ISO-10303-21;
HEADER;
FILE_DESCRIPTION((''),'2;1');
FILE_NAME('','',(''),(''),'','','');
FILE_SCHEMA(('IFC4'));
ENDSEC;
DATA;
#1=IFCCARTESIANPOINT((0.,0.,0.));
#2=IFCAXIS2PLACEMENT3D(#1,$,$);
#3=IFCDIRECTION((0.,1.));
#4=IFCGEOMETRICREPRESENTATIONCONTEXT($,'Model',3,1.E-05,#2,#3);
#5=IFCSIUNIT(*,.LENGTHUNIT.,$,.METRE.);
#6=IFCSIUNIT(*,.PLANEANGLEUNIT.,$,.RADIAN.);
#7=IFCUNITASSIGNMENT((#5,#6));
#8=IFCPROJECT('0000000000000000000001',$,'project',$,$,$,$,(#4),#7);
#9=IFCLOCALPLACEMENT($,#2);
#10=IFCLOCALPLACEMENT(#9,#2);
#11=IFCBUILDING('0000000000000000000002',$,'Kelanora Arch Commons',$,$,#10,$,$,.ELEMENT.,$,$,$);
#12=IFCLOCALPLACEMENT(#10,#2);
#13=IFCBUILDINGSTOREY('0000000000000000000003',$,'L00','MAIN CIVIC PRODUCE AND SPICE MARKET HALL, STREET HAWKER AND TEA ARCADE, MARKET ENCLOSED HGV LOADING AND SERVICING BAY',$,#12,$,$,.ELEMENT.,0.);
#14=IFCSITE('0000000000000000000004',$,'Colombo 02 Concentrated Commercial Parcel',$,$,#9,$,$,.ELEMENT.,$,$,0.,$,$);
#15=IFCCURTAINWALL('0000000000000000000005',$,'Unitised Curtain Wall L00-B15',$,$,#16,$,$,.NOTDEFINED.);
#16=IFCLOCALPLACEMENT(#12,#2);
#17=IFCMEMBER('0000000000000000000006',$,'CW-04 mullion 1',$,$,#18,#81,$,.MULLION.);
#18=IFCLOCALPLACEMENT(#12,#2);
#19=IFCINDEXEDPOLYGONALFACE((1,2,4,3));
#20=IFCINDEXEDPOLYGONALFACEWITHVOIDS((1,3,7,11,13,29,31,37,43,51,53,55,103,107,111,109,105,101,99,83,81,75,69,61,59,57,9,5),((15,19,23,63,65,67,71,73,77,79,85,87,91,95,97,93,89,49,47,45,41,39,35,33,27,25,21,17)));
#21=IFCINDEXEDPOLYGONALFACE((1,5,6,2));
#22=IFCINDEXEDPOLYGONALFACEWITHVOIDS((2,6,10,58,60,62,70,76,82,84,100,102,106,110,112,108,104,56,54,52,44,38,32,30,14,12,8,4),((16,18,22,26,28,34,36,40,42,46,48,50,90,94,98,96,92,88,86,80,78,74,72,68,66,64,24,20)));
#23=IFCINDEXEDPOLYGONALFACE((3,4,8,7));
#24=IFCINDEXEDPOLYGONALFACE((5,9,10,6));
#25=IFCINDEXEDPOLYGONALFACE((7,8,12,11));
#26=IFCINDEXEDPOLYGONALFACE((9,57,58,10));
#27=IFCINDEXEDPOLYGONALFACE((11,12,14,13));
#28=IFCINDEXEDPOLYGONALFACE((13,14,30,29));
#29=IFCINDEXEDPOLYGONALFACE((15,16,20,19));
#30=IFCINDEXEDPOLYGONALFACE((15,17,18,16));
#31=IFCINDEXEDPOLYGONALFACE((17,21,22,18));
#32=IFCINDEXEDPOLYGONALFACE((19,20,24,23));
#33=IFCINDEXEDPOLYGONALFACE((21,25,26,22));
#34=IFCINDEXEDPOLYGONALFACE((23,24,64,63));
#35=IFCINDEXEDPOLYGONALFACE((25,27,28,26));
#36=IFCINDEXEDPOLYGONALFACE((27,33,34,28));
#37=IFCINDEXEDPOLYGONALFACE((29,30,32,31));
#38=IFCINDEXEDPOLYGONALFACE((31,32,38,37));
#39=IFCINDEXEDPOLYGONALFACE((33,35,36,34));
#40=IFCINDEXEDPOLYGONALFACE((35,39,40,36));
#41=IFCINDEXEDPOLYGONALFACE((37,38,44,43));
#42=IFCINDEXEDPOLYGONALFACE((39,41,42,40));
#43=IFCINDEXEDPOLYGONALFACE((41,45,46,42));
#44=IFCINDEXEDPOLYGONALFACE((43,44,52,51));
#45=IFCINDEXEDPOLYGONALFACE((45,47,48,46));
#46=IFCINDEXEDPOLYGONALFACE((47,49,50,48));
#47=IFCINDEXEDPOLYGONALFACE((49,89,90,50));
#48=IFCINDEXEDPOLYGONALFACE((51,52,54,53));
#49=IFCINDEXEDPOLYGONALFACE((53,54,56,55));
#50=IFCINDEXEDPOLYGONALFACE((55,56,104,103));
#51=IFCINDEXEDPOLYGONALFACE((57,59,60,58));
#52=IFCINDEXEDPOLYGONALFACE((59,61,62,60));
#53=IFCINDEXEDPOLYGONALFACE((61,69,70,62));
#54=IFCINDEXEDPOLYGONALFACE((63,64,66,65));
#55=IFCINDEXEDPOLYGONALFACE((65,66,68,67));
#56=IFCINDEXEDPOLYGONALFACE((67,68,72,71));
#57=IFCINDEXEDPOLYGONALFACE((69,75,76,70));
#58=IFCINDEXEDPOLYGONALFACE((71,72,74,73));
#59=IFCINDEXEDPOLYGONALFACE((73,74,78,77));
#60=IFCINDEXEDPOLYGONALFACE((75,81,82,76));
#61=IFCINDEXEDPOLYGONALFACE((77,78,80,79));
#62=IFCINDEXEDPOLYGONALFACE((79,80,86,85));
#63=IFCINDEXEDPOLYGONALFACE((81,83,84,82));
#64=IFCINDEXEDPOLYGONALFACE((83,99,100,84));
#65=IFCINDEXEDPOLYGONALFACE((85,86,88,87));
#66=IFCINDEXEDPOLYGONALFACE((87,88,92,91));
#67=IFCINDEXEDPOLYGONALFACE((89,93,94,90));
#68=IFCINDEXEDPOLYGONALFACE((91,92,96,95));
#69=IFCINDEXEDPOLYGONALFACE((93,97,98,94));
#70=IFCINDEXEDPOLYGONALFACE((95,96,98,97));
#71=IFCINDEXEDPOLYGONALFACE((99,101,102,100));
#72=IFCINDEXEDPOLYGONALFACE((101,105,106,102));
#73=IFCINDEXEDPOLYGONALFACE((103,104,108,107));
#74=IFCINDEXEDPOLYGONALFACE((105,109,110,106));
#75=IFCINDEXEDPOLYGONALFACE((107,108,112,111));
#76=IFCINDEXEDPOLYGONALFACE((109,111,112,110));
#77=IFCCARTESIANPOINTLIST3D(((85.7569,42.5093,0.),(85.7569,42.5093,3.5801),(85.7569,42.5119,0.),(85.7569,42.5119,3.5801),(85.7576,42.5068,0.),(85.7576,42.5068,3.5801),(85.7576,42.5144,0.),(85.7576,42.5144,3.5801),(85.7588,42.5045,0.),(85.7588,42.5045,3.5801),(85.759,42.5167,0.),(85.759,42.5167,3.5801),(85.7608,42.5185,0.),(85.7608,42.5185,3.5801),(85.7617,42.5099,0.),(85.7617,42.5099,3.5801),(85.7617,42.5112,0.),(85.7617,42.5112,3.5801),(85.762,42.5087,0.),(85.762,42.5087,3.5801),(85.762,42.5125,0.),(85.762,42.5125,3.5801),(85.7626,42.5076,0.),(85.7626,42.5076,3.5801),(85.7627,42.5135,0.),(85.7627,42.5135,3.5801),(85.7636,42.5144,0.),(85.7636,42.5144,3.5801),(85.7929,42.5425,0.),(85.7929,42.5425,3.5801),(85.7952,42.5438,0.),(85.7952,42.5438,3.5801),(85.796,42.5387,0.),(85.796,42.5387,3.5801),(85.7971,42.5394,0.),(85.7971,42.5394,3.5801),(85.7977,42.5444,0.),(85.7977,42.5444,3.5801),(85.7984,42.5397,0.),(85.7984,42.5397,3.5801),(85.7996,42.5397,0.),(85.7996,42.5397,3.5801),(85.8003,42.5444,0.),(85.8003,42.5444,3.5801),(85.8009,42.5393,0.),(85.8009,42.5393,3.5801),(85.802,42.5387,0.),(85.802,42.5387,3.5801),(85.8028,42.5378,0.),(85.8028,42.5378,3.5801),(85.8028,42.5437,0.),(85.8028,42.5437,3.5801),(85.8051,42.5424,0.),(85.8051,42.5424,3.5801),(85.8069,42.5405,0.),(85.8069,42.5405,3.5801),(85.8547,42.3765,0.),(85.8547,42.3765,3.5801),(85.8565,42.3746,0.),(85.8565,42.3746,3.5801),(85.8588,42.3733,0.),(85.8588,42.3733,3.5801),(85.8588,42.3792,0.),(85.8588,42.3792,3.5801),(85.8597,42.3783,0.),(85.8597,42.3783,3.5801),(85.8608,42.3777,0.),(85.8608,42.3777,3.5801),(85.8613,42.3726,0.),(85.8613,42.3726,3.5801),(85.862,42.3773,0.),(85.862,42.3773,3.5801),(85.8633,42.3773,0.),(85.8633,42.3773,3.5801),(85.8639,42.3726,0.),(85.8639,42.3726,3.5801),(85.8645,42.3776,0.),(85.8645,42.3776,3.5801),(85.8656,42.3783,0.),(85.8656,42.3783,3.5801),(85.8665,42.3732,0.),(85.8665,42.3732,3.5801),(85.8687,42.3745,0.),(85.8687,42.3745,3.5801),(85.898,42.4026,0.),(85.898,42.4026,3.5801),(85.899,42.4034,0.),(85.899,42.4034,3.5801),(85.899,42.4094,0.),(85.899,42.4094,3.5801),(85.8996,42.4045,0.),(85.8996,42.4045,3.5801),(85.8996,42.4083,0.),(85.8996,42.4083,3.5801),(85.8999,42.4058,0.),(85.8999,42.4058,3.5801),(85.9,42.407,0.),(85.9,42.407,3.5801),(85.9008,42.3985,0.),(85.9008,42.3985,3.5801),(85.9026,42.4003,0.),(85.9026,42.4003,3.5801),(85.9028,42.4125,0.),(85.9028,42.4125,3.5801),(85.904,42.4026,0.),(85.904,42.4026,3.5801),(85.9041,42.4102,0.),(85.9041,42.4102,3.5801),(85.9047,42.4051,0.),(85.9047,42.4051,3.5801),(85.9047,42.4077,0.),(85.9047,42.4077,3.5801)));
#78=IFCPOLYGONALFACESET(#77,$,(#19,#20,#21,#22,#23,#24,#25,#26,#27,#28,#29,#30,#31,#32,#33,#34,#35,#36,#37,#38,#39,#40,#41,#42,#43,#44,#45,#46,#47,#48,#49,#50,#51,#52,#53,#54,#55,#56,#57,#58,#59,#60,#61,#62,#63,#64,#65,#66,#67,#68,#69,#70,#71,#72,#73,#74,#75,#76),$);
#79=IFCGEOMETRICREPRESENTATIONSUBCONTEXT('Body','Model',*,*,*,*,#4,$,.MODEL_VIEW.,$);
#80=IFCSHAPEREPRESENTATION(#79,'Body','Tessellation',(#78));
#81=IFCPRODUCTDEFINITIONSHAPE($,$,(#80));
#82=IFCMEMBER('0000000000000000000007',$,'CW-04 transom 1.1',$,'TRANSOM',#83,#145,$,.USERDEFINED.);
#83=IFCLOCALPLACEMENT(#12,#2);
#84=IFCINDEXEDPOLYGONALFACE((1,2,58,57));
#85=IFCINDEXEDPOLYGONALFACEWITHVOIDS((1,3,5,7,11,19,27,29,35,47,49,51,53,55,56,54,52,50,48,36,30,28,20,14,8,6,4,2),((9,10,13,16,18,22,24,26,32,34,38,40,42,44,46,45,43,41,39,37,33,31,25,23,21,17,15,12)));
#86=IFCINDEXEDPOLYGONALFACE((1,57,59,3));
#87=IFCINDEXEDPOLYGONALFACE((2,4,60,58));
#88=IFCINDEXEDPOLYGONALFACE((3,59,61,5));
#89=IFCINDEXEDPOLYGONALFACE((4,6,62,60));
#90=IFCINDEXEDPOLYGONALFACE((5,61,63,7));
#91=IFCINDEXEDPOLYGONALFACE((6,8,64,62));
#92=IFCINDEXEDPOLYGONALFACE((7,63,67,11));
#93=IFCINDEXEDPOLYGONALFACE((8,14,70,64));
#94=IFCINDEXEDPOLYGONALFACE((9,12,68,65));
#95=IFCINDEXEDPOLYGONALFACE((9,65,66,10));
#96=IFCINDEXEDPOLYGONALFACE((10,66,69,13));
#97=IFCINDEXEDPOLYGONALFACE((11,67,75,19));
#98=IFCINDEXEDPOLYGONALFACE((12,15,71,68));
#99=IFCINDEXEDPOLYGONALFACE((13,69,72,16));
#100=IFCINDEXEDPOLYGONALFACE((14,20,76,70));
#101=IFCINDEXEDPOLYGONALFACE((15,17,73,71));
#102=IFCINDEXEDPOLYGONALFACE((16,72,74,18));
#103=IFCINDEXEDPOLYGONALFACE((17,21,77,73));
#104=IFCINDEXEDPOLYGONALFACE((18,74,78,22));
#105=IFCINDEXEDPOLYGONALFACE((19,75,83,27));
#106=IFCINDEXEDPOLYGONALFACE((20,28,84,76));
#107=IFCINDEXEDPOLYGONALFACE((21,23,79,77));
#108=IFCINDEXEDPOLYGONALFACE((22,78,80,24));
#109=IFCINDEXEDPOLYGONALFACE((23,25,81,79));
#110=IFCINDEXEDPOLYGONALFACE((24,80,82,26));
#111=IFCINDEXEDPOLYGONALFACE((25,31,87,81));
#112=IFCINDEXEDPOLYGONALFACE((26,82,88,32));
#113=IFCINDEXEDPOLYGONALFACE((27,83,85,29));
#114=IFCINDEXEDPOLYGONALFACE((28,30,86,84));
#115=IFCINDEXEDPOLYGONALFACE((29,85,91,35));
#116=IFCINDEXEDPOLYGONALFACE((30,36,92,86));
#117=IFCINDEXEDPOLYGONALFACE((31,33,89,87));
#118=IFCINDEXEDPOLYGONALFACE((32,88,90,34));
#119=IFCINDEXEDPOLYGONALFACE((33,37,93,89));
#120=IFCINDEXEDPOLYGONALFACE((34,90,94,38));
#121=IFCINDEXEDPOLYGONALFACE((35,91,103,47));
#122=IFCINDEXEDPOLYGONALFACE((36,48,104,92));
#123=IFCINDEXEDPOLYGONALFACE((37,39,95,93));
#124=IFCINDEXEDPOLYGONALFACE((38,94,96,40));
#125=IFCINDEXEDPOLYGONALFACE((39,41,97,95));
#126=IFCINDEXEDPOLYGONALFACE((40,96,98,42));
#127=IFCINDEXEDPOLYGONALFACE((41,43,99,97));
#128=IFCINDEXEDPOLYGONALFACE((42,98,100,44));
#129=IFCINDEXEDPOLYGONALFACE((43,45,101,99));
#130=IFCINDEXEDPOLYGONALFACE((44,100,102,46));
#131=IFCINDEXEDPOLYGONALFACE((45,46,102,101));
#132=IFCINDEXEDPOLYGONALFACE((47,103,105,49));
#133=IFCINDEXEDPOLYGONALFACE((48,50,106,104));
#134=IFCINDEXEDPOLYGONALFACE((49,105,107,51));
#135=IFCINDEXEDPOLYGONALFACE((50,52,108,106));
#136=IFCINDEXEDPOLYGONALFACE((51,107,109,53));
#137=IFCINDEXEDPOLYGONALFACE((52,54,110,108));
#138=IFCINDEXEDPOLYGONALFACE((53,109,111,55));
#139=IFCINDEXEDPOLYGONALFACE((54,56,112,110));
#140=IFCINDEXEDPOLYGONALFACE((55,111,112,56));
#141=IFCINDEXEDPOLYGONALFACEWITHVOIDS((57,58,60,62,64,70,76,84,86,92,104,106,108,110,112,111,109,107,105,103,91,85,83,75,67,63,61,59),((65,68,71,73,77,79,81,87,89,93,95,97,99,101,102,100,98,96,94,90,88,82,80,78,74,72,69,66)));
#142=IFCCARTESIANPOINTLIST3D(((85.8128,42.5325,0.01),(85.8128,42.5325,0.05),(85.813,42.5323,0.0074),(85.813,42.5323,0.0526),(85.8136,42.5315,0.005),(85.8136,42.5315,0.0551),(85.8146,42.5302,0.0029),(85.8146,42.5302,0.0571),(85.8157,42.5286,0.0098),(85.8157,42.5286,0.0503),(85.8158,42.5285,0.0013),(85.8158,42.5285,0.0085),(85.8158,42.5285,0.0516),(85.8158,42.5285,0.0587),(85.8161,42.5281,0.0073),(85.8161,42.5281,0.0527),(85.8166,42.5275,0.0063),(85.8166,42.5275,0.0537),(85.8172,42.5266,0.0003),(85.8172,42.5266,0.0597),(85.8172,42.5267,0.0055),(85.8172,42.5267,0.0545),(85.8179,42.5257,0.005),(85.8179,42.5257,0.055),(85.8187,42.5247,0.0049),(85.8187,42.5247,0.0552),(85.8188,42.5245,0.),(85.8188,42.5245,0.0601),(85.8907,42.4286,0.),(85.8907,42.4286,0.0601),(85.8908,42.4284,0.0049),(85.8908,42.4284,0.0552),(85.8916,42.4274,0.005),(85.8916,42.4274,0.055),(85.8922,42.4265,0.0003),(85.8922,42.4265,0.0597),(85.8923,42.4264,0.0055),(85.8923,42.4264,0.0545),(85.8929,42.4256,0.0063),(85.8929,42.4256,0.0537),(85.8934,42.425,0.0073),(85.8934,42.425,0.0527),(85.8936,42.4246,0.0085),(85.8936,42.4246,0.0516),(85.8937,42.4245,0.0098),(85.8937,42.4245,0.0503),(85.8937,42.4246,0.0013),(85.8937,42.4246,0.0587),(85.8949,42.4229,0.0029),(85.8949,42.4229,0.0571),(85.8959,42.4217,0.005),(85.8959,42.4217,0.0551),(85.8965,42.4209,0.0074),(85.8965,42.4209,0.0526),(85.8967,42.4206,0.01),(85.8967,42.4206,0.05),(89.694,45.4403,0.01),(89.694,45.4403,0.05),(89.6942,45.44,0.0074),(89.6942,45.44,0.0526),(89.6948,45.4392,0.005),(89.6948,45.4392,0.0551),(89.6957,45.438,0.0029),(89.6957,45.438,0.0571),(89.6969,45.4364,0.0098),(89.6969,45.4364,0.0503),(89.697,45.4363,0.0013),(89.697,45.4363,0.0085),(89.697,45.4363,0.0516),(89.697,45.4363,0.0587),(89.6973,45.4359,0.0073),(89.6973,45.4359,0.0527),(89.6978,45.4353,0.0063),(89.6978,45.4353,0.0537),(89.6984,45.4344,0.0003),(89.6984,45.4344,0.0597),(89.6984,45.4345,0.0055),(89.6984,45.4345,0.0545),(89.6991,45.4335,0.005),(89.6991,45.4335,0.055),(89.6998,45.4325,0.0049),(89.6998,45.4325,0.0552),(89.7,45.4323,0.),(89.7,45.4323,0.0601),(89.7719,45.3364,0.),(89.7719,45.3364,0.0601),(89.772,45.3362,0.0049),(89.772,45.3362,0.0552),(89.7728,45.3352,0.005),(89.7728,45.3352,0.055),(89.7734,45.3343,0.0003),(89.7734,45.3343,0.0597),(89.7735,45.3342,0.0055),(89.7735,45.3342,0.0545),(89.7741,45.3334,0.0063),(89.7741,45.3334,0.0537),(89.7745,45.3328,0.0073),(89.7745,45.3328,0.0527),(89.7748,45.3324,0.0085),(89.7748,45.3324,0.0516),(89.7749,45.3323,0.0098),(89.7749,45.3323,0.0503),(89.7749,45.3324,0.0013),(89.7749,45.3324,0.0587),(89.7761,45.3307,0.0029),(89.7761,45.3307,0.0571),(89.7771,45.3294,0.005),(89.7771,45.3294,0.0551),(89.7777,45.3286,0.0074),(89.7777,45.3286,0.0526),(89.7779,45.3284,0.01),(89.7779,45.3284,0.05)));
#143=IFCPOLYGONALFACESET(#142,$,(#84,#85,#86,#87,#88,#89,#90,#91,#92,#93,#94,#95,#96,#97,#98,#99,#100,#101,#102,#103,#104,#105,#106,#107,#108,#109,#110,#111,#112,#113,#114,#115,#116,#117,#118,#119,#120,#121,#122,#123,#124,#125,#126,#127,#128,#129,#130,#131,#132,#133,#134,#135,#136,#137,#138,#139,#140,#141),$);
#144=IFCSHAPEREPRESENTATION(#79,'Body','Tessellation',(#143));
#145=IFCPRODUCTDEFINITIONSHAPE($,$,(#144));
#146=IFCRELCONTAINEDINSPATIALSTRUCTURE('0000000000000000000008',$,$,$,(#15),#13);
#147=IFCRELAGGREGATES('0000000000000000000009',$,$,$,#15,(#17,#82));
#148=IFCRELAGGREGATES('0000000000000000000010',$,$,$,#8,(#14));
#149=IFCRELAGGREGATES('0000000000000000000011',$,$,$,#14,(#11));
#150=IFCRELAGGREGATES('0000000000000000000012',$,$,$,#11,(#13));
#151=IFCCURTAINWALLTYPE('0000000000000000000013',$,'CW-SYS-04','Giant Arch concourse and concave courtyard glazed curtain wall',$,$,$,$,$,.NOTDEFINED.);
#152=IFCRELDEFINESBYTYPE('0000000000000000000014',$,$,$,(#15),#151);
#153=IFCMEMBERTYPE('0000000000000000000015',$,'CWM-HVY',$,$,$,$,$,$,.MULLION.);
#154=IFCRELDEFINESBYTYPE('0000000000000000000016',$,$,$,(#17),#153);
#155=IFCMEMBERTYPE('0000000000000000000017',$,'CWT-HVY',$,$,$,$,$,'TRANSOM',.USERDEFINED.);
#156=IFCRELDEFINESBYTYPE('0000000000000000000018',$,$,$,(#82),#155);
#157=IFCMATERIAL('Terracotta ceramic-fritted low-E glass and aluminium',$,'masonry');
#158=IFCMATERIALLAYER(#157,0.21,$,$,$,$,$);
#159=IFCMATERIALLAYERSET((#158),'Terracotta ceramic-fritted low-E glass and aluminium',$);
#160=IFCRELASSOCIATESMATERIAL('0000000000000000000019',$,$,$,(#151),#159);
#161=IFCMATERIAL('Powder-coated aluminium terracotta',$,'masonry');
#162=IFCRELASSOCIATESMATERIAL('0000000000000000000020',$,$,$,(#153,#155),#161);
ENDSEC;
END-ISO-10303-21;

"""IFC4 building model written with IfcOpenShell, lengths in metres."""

from ifc_helpers import new_model, si_unit, direction, frame, origin, origin_2d, place, context, subcontext, project, spatial, hollow_rectangle, extrude, material, layer, layer_set, material_profile, profile_set, type_object, element, aggregate, save


model = new_model("IFC4")

# Units and contexts
model_context = context("Model", 3, precision=1e-05, world=origin(), true_north=direction((0.0, 1.0)))
body_context = subcontext(model_context, "Body", "Model", "MODEL_VIEW")
ifc_project = project(units=[si_unit("LENGTHUNIT", "METRE"), si_unit("PLANEANGLEUNIT", "RADIAN")], contexts=[model_context])

# Site, building, storey
site_placement = place(None, origin())
site = spatial("IfcSite", under=ifc_project, at=site_placement, Name="Colombo 02 Concentrated Commercial Parcel", CompositionType="ELEMENT", RefElevation=0.0)
building_placement = place(site_placement, origin())
building = spatial("IfcBuilding", under=site, at=building_placement, Name="Kelanora Arch Commons", CompositionType="ELEMENT")
storey_placement = place(building_placement, origin())
storey = spatial("IfcBuildingStorey", under=building, at=storey_placement, Name="L00", Description="MAIN CIVIC PRODUCE AND SPICE MARKET HALL, STREET HAWKER AND TEA ARCADE, MARKET ENCLOSED HGV LOADING AND SERVICING BAY", CompositionType="ELEMENT", Elevation=0.0)

# Curtain wall, members
ifc_material_1 = material(Name="Terracotta ceramic-fritted low-E glass and aluminium", Category="masonry")
ifc_layer_1 = layer(ifc_material_1, 0.21)
ifc_layer_set_1 = layer_set([ifc_layer_1], Name="Terracotta ceramic-fritted low-E glass and aluminium")
curtain_wall_type = type_object("IfcCurtainWallType", Name="CW-SYS-04", Description="Giant Arch concourse and concave courtyard glazed curtain wall", PredefinedType="NOTDEFINED", material=ifc_layer_set_1)
curtain_wall_placement = place(storey_placement, origin())
curtain_wall = element("IfcCurtainWall", 1, at=curtain_wall_placement, inside=storey, type_object=curtain_wall_type, Name="Unitised Curtain Wall L00-B15", PredefinedType="NOTDEFINED")
ifc_material_2 = material(Name="Powder-coated aluminium terracotta", Category="masonry")
ifc_material_profile_1 = material_profile(ifc_material_2, hollow_rectangle(XDim=0.1799, YDim=0.0601, WallThickness=0.0049, InnerFilletRadius=0.0049, OuterFilletRadius=0.01, at=origin_2d()), Name="CWM180x60")
ifc_profile_set_1 = profile_set([ifc_material_profile_1], Name="Powder-coated aluminium terracotta")
member_type_1 = type_object("IfcMemberType", Name="CWM-HVY", PredefinedType="MULLION", material=ifc_profile_set_1)
member_1_placement = place(storey_placement, frame((85.8308, 42.4585, 0.0), z_axis=(0.0, 0.0, 1.0), x_axis=(-0.599588, 0.800309, 0.0)))
member_1 = element("IfcMember", 2, at=member_1_placement, type_object=member_type_1, Name="CW-04 mullion 1", PredefinedType="MULLION", context=body_context, shape_type="SweptSolid", body=[
    extrude(hollow_rectangle(XDim=0.1799, YDim=0.0601, WallThickness=0.0049, InnerFilletRadius=0.0049, OuterFilletRadius=0.01, at=origin_2d()), origin(), (0.0, 0.0, 1.0), 3.5801),
])
ifc_material_profile_2 = material_profile(ifc_material_2, hollow_rectangle(XDim=0.1399, YDim=0.0601, WallThickness=0.0049, InnerFilletRadius=0.0049, OuterFilletRadius=0.01, at=origin_2d()), Name="CWT140x60")
ifc_profile_set_2 = profile_set([ifc_material_profile_2], Name="Powder-coated aluminium terracotta")
member_type_2 = type_object("IfcMemberType", Name="CWT-HVY", ElementType="TRANSOM", PredefinedType="USERDEFINED", material=ifc_profile_set_2)
member_2_placement = place(storey_placement, frame((85.8547, 42.4766, 0.03), z_axis=(0.800308, 0.599589, 0.0), x_axis=(-0.599589, 0.800308, 0.0)))
member_2 = element("IfcMember", 3, at=member_2_placement, type_object=member_type_2, Name="CW-04 transom 1.1", ObjectType="TRANSOM", PredefinedType="USERDEFINED", context=body_context, shape_type="SweptSolid", body=[
    extrude(hollow_rectangle(XDim=0.1399, YDim=0.0601, WallThickness=0.0049, InnerFilletRadius=0.0049, OuterFilletRadius=0.01, at=origin_2d()), origin(), (0.0, 0.0, 1.0), 4.8496),
])
aggregate(curtain_wall, [member_1, member_2])

save(model, "model.ifc")
